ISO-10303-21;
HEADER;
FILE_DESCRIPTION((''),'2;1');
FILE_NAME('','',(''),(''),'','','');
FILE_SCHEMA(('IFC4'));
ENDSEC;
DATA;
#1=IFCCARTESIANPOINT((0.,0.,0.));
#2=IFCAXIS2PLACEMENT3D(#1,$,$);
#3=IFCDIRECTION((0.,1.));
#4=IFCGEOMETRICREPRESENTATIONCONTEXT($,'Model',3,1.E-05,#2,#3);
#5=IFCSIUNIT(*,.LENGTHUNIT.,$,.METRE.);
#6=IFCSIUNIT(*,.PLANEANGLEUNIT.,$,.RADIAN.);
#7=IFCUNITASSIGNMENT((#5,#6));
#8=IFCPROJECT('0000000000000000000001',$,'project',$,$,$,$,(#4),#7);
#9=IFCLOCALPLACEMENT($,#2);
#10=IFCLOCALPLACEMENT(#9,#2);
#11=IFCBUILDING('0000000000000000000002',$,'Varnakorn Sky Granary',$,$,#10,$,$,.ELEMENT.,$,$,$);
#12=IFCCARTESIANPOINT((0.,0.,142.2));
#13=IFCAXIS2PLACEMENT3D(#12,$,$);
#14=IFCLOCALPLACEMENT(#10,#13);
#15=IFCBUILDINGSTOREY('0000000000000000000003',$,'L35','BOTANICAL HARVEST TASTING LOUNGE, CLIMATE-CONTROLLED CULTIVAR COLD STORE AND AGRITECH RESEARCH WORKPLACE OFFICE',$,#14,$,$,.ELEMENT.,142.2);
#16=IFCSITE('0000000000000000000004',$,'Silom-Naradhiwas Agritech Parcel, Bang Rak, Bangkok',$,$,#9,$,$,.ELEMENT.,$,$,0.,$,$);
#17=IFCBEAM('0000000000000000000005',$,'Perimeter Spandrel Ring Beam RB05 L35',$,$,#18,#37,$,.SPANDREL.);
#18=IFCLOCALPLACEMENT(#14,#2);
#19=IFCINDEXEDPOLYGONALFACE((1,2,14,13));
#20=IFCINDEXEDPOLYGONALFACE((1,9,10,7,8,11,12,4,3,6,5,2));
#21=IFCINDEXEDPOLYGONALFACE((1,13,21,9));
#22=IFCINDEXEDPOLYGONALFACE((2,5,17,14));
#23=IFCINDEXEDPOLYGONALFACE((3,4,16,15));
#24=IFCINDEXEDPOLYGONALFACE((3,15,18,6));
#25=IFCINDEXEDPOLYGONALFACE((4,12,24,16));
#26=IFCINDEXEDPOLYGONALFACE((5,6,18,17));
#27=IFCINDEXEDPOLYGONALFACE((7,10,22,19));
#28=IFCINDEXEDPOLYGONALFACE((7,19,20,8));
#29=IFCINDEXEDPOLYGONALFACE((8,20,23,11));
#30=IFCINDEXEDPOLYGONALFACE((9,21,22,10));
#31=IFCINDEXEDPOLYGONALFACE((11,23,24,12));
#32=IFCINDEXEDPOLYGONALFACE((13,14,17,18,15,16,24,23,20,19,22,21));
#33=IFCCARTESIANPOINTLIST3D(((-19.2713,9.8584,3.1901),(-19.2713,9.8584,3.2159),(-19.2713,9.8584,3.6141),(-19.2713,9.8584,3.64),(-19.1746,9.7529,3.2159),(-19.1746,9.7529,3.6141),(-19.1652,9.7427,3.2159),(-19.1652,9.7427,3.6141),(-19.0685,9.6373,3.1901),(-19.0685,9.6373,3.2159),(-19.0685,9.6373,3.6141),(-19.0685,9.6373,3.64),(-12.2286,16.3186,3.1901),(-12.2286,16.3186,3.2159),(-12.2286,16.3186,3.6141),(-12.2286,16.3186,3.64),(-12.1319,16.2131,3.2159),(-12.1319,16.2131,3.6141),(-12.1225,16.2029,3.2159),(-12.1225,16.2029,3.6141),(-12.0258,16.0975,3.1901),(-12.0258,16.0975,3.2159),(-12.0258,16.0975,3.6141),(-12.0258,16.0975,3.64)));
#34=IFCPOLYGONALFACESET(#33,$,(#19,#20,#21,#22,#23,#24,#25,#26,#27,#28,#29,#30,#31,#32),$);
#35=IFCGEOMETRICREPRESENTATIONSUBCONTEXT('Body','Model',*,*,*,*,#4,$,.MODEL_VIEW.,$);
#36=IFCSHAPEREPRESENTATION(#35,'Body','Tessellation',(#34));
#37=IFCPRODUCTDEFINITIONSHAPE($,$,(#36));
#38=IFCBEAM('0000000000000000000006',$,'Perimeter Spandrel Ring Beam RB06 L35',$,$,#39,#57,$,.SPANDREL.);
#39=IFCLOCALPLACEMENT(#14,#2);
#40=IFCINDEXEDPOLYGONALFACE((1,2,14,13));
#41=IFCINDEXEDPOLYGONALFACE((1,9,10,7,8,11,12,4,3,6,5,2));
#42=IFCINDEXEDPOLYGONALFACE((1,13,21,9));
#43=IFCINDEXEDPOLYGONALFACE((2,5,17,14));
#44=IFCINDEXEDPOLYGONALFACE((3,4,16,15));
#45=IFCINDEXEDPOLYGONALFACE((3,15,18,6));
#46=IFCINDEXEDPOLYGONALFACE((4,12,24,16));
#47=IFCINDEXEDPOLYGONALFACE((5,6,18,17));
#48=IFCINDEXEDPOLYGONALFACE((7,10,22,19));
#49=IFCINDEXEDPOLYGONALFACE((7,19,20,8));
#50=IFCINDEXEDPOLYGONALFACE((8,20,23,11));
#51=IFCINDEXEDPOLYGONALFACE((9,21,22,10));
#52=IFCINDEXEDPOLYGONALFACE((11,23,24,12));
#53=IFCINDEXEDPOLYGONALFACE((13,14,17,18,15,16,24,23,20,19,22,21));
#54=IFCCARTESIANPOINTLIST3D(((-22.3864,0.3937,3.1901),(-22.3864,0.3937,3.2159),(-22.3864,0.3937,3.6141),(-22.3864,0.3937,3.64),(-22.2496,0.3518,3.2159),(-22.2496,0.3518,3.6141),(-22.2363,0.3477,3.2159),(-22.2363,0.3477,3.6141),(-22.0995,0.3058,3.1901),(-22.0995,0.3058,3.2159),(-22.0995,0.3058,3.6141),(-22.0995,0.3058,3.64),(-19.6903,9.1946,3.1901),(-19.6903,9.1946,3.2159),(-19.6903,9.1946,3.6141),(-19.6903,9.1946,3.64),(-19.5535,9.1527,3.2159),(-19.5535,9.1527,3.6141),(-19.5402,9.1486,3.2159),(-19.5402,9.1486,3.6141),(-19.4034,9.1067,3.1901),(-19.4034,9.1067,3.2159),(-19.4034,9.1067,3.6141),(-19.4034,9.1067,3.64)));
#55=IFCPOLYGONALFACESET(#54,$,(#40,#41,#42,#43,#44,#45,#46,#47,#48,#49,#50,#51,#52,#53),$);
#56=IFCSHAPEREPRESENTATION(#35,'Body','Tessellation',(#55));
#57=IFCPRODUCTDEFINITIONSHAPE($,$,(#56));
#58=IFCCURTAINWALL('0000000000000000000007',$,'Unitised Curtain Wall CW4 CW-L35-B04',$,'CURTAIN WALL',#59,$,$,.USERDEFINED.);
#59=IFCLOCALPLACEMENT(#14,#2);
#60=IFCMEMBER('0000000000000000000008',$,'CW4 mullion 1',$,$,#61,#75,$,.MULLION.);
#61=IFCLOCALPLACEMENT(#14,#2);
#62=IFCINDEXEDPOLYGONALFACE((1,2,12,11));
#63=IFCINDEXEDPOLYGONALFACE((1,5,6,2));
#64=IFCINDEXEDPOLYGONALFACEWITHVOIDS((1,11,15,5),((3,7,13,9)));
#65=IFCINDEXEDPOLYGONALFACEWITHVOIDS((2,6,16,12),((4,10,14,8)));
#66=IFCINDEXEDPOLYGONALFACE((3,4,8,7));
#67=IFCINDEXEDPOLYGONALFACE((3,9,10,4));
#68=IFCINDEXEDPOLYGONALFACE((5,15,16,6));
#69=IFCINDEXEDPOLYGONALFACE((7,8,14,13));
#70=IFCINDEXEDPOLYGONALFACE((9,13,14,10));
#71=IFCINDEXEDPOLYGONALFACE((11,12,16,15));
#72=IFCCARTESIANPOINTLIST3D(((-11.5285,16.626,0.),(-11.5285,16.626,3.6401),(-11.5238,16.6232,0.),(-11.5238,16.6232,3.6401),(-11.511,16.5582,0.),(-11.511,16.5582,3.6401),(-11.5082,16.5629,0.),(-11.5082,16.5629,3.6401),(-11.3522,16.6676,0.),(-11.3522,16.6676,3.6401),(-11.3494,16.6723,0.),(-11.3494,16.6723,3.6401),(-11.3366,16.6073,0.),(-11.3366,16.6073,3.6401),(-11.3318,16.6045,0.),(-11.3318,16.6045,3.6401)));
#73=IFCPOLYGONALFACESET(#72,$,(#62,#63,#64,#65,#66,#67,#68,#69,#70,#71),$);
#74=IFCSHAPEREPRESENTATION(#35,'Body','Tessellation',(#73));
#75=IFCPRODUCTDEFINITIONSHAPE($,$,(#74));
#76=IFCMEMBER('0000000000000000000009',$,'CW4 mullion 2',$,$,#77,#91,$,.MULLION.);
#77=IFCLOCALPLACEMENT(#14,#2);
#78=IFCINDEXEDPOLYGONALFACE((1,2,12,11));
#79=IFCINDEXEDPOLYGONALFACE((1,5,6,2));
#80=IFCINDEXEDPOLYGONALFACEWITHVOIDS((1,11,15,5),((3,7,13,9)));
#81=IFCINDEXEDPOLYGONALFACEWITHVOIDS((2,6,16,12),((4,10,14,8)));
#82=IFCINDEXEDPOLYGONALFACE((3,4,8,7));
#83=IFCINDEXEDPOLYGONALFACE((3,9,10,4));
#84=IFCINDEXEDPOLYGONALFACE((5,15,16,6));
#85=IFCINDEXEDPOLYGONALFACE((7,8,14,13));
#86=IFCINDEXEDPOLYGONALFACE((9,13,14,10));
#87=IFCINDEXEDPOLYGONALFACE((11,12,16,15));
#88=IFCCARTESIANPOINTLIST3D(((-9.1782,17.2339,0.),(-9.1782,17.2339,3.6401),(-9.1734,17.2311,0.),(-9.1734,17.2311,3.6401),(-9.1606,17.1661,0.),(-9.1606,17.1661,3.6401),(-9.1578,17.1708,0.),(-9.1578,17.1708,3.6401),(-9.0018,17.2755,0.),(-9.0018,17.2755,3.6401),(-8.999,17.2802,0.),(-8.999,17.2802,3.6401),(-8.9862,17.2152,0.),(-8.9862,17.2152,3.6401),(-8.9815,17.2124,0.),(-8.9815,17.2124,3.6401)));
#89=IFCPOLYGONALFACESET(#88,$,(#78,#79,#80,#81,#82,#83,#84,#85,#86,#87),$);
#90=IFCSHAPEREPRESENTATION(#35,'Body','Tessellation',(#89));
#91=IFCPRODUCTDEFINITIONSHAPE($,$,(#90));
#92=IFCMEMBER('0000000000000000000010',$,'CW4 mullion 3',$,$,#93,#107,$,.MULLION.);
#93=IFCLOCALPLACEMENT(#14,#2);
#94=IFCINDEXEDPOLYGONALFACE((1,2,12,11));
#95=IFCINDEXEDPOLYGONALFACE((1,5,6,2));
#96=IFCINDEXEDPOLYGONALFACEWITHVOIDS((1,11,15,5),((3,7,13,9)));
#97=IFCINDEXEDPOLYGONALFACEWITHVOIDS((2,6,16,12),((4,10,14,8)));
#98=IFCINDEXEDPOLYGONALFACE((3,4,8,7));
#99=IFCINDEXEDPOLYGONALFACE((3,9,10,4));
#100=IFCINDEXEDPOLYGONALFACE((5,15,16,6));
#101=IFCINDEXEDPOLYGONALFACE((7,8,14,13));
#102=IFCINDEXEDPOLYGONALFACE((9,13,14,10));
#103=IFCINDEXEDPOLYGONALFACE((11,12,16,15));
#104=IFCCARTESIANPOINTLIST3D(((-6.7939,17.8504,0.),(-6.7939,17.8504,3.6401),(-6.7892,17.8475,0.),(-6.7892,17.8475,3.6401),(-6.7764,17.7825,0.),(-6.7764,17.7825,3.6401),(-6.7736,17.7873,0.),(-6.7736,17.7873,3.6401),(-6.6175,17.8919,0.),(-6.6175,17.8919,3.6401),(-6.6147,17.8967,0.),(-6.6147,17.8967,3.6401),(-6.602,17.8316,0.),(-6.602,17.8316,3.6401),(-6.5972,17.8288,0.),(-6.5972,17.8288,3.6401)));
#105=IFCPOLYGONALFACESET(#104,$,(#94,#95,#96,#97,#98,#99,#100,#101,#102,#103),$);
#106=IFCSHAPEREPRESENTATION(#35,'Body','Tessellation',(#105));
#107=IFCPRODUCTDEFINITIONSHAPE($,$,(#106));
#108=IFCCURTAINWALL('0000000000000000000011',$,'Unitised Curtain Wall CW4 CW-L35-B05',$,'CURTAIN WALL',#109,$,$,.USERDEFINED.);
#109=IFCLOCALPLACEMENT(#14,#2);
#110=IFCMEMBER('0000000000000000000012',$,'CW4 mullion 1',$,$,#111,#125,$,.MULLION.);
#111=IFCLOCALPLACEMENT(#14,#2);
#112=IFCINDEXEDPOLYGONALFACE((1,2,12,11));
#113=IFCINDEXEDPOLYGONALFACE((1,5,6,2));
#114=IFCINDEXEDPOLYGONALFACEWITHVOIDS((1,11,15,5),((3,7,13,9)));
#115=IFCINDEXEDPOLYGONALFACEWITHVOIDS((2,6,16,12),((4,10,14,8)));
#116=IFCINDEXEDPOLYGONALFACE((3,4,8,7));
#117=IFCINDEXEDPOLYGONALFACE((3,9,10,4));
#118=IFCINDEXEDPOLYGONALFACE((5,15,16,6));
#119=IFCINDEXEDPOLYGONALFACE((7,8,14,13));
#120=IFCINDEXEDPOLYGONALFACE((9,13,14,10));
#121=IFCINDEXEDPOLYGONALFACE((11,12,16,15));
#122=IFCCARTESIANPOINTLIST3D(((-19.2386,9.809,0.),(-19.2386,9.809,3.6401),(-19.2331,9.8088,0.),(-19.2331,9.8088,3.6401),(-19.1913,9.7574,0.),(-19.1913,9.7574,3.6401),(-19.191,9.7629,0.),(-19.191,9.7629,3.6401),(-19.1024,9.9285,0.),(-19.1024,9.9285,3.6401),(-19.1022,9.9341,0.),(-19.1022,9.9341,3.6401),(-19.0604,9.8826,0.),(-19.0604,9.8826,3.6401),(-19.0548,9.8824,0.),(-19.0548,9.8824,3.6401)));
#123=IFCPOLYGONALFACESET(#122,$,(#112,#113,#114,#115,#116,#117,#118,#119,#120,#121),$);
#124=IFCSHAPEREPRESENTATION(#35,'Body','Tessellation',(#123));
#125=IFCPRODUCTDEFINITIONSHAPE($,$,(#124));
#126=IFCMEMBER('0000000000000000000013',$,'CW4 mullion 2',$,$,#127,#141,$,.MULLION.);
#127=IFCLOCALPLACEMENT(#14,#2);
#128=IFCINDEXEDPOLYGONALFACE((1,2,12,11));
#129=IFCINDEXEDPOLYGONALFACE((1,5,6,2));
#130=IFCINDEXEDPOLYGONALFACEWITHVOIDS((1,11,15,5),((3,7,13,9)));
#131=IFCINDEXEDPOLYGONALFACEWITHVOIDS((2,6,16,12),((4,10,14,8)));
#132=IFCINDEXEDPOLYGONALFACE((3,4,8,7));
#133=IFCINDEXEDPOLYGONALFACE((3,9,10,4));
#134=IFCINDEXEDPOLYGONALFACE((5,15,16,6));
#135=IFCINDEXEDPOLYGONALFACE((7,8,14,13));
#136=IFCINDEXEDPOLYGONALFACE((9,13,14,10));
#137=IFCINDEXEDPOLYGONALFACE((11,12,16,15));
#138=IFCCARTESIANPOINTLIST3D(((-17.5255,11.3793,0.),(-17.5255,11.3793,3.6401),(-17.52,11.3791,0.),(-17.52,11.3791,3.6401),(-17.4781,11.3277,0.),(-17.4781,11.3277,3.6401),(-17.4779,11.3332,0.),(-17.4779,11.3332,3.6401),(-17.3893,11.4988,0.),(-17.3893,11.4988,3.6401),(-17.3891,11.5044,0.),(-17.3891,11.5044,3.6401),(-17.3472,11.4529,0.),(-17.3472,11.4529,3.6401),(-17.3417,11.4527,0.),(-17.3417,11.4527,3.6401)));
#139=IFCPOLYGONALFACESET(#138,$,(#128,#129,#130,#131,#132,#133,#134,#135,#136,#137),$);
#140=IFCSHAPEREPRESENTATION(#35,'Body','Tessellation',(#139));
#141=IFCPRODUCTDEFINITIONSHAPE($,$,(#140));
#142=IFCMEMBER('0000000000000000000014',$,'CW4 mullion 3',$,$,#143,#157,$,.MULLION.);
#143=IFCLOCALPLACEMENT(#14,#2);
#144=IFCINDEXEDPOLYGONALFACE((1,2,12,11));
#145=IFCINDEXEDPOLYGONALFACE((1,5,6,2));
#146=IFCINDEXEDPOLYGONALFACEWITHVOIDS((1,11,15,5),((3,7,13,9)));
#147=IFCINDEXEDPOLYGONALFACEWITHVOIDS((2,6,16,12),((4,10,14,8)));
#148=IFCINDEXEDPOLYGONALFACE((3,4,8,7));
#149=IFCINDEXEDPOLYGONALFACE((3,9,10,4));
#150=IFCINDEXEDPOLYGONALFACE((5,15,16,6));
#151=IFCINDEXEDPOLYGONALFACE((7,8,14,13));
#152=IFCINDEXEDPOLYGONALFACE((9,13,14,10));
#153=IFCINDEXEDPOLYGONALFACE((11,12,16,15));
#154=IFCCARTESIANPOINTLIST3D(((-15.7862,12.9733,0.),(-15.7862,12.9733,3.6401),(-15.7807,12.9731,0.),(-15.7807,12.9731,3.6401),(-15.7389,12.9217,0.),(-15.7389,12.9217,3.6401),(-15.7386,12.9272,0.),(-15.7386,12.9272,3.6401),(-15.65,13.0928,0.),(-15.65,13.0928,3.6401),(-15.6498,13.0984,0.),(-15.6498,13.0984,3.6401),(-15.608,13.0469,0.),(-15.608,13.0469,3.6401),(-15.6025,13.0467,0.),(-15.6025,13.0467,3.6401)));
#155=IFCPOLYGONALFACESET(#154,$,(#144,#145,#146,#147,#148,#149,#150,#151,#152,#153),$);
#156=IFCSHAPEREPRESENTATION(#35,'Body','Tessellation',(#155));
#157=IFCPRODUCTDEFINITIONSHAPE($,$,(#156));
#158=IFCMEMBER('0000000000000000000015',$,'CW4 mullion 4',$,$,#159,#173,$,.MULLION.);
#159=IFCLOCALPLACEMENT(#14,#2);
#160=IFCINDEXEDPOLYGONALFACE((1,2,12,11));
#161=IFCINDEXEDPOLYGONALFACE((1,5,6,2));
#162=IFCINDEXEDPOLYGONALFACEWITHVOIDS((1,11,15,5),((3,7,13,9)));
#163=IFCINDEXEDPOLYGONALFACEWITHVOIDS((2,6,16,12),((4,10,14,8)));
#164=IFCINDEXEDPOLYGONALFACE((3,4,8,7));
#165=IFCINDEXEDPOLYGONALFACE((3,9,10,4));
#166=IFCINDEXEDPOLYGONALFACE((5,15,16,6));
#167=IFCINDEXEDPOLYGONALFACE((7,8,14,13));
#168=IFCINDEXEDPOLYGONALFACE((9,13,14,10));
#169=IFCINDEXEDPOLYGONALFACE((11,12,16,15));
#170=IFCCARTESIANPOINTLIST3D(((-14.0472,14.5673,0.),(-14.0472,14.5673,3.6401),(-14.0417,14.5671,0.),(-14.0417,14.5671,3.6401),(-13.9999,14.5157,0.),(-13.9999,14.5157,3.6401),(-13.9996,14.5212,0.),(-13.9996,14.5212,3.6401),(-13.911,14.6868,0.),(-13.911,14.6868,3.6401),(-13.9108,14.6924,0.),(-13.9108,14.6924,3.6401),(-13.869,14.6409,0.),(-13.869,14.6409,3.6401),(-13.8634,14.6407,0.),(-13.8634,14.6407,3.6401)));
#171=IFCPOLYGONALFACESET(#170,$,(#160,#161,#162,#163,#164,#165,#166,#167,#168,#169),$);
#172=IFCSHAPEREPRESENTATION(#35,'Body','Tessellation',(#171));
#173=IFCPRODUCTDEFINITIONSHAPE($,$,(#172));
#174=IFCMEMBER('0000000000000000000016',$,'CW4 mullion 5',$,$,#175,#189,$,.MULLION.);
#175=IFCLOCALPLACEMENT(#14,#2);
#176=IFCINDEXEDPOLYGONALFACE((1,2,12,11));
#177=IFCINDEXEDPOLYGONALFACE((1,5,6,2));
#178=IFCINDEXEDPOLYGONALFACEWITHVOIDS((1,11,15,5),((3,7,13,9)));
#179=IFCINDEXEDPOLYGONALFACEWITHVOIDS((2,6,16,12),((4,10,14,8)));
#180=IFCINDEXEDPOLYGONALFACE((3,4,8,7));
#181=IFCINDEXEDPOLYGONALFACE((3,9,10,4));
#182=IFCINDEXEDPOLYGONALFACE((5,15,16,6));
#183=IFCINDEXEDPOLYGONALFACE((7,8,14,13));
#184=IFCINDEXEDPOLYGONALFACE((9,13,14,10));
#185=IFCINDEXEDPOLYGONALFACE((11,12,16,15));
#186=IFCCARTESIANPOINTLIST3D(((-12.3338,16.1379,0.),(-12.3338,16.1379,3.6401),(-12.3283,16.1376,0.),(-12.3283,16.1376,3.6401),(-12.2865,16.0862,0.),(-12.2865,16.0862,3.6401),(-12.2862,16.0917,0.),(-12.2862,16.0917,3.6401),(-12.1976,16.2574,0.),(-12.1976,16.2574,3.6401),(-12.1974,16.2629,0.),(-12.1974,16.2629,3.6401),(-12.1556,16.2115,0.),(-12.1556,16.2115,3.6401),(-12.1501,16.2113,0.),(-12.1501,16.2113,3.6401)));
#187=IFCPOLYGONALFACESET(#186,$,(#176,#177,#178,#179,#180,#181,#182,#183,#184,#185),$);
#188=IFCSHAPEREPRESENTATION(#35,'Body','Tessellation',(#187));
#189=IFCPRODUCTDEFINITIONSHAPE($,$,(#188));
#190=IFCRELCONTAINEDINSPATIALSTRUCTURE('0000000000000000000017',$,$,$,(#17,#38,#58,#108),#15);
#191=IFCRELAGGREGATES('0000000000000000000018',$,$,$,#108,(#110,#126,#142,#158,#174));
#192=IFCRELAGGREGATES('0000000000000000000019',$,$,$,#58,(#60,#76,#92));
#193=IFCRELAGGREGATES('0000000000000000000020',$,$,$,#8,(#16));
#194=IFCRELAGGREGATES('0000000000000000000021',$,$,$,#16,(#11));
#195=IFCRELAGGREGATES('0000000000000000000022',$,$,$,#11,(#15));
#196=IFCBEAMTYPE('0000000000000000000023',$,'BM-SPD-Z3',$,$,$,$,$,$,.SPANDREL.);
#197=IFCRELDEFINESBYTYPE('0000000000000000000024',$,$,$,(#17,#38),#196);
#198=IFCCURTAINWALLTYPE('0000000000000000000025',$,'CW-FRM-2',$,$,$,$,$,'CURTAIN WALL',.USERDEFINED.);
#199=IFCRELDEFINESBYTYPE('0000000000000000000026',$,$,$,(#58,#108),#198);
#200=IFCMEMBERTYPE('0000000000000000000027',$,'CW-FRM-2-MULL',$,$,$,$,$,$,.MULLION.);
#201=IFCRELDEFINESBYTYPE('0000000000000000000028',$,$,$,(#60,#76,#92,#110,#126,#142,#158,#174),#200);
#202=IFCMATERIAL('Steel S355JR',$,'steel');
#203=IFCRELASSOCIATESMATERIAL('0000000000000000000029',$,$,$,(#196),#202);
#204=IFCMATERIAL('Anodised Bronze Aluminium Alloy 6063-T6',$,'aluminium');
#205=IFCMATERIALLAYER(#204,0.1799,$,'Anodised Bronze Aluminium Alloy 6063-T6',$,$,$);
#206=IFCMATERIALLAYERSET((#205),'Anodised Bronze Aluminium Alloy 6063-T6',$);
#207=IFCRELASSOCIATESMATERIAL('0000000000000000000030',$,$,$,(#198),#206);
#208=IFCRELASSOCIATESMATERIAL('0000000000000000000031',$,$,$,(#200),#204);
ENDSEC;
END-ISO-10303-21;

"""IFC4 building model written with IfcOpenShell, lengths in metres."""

from ifc_helpers import new_model, si_unit, direction, frame, origin, origin_2d, place, context, subcontext, project, spatial, hollow_rectangle, i_section, extrude, material, layer, layer_set, material_profile, profile_set, type_object, element, aggregate, save


model = new_model("IFC4")

# Units and contexts
model_context = context("Model", 3, precision=1e-05, world=origin(), true_north=direction((0.0, 1.0)))
body_context = subcontext(model_context, "Body", "Model", "MODEL_VIEW")
ifc_project = project(units=[si_unit("LENGTHUNIT", "METRE"), si_unit("PLANEANGLEUNIT", "RADIAN")], contexts=[model_context])

# Site, building, storey
site_placement = place(None, origin())
site = spatial("IfcSite", under=ifc_project, at=site_placement, Name="Silom-Naradhiwas Agritech Parcel, Bang Rak, Bangkok", CompositionType="ELEMENT", RefElevation=0.0)
building_placement = place(site_placement, origin())
building = spatial("IfcBuilding", under=site, at=building_placement, Name="Varnakorn Sky Granary", CompositionType="ELEMENT")
storey_placement = place(building_placement, frame((0.0, 0.0, 142.2)))
storey = spatial("IfcBuildingStorey", under=building, at=storey_placement, Name="L35", Description="BOTANICAL HARVEST TASTING LOUNGE, CLIMATE-CONTROLLED CULTIVAR COLD STORE AND AGRITECH RESEARCH WORKPLACE OFFICE", CompositionType="ELEMENT", Elevation=142.2)

# Beams
ifc_material_1 = material(Name="Steel S355JR", Category="steel")
ifc_material_profile_1 = material_profile(ifc_material_1, i_section(OverallWidth=0.3, OverallDepth=0.45, WebThickness=0.0139, FlangeThickness=0.0259, at=origin_2d()), Name="HE 450 B")
ifc_profile_set_1 = profile_set([ifc_material_profile_1], Name="Steel S355JR")
beam_type_1 = type_object("IfcBeamType", Name="BM-SPD-Z3", PredefinedType="SPANDREL", material=ifc_profile_set_1)
beam_1_placement = place(storey_placement, frame((-12.1272, 16.208, 3.415), z_axis=(-0.736926, -0.675973, 0.0), x_axis=(0.675973, -0.736926, 0.0)))
element("IfcBeam", 1, at=beam_1_placement, inside=storey, type_object=beam_type_1, Name="Perimeter Spandrel Ring Beam RB05 L35", PredefinedType="SPANDREL", context=body_context, shape_type="SweptSolid", body=[
    extrude(i_section(OverallWidth=0.3, OverallDepth=0.45, WebThickness=0.0139, FlangeThickness=0.0259, at=origin_2d()), origin(), (0.0, 0.0, 1.0), 9.5569),
])
beam_2_placement = place(storey_placement, frame((-19.5469, 9.1506, 3.415), z_axis=(-0.292906, -0.956141, 0.0), x_axis=(0.956141, -0.292906, 0.0)))
element("IfcBeam", 2, at=beam_2_placement, inside=storey, type_object=beam_type_1, Name="Perimeter Spandrel Ring Beam RB06 L35", PredefinedType="SPANDREL", context=body_context, shape_type="SweptSolid", body=[
    extrude(i_section(OverallWidth=0.3, OverallDepth=0.45, WebThickness=0.0139, FlangeThickness=0.0259, at=origin_2d()), origin(), (0.0, 0.0, 1.0), 9.2046),
])

# Curtain walls, members
ifc_material_2 = material(Name="Anodised Bronze Aluminium Alloy 6063-T6", Category="aluminium")
ifc_layer_1 = layer(ifc_material_2, 0.1799, Name="Anodised Bronze Aluminium Alloy 6063-T6")
ifc_layer_set_1 = layer_set([ifc_layer_1], Name="Anodised Bronze Aluminium Alloy 6063-T6")
curtain_wall_type = type_object("IfcCurtainWallType", Name="CW-FRM-2", ElementType="CURTAIN WALL", PredefinedType="USERDEFINED", material=ifc_layer_set_1)
curtain_wall_1_placement = place(storey_placement, origin())
curtain_wall_1 = element("IfcCurtainWall", 3, at=curtain_wall_1_placement, inside=storey, type_object=curtain_wall_type, Name="Unitised Curtain Wall CW4 CW-L35-B04", ObjectType="CURTAIN WALL", PredefinedType="USERDEFINED")
ifc_material_profile_2 = material_profile(ifc_material_2, hollow_rectangle(XDim=0.0701, YDim=0.1851, WallThickness=0.0039, at=origin_2d()), Name="ALU MULL 70x185")
ifc_profile_set_2 = profile_set([ifc_material_profile_2], Name="Anodised Bronze Aluminium Alloy 6063-T6")
member_type_1 = type_object("IfcMemberType", Name="CW-FRM-2-MULL", PredefinedType="MULLION", material=ifc_profile_set_2)
member_1_placement = place(storey_placement, frame((-11.4302, 16.6152, 0.0), z_axis=(0.0, 0.0, 1.0), x_axis=(-0.250348, 0.968156, 0.0)))
member_1 = element("IfcMember", 4, at=member_1_placement, type_object=member_type_1, Name="CW4 mullion 1", PredefinedType="MULLION", context=body_context, shape_type="SweptSolid", body=[
    extrude(hollow_rectangle(XDim=0.0701, YDim=0.1851, WallThickness=0.0039, at=origin_2d()), origin(), (0.0, 0.0, 1.0), 3.6401),
])
member_2_placement = place(storey_placement, frame((-9.0798, 17.2231, 0.0), z_axis=(0.0, 0.0, 1.0), x_axis=(-0.250348, 0.968156, 0.0)))
member_2 = element("IfcMember", 5, at=member_2_placement, type_object=member_type_1, Name="CW4 mullion 2", PredefinedType="MULLION", context=body_context, shape_type="SweptSolid", body=[
    extrude(hollow_rectangle(XDim=0.0701, YDim=0.1851, WallThickness=0.0039, at=origin_2d()), origin(), (0.0, 0.0, 1.0), 3.6401),
])
member_3_placement = place(storey_placement, frame((-6.6956, 17.8396, 0.0), z_axis=(0.0, 0.0, 1.0), x_axis=(-0.250348, 0.968156, 0.0)))
member_3 = element("IfcMember", 6, at=member_3_placement, type_object=member_type_1, Name="CW4 mullion 3", PredefinedType="MULLION", context=body_context, shape_type="SweptSolid", body=[
    extrude(hollow_rectangle(XDim=0.0701, YDim=0.1851, WallThickness=0.0039, at=origin_2d()), origin(), (0.0, 0.0, 1.0), 3.6401),
])
curtain_wall_2_placement = place(storey_placement, origin())
curtain_wall_2 = element("IfcCurtainWall", 7, at=curtain_wall_2_placement, inside=storey, type_object=curtain_wall_type, Name="Unitised Curtain Wall CW4 CW-L35-B05", ObjectType="CURTAIN WALL", PredefinedType="USERDEFINED")
member_4_placement = place(storey_placement, frame((-19.1467, 9.8457, 0.0), z_axis=(0.0, 0.0, 1.0), x_axis=(-0.675685, 0.737191, 0.0)))
member_4 = element("IfcMember", 8, at=member_4_placement, type_object=member_type_1, Name="CW4 mullion 1", PredefinedType="MULLION", context=body_context, shape_type="SweptSolid", body=[
    extrude(hollow_rectangle(XDim=0.0701, YDim=0.1851, WallThickness=0.0039, at=origin_2d()), origin(), (0.0, 0.0, 1.0), 3.6401),
])
member_5_placement = place(storey_placement, frame((-17.4336, 11.416, 0.0), z_axis=(0.0, 0.0, 1.0), x_axis=(-0.675685, 0.737191, 0.0)))
member_5 = element("IfcMember", 9, at=member_5_placement, type_object=member_type_1, Name="CW4 mullion 2", PredefinedType="MULLION", context=body_context, shape_type="SweptSolid", body=[
    extrude(hollow_rectangle(XDim=0.0701, YDim=0.1851, WallThickness=0.0039, at=origin_2d()), origin(), (0.0, 0.0, 1.0), 3.6401),
])
member_6_placement = place(storey_placement, frame((-15.6943, 13.01, 0.0), z_axis=(0.0, 0.0, 1.0), x_axis=(-0.675685, 0.737191, 0.0)))
member_6 = element("IfcMember", 10, at=member_6_placement, type_object=member_type_1, Name="CW4 mullion 3", PredefinedType="MULLION", context=body_context, shape_type="SweptSolid", body=[
    extrude(hollow_rectangle(XDim=0.0701, YDim=0.1851, WallThickness=0.0039, at=origin_2d()), origin(), (0.0, 0.0, 1.0), 3.6401),
])
member_7_placement = place(storey_placement, frame((-13.9553, 14.604, 0.0), z_axis=(0.0, 0.0, 1.0), x_axis=(-0.675685, 0.737191, 0.0)))
member_7 = element("IfcMember", 11, at=member_7_placement, type_object=member_type_1, Name="CW4 mullion 4", PredefinedType="MULLION", context=body_context, shape_type="SweptSolid", body=[
    extrude(hollow_rectangle(XDim=0.0701, YDim=0.1851, WallThickness=0.0039, at=origin_2d()), origin(), (0.0, 0.0, 1.0), 3.6401),
])
member_8_placement = place(storey_placement, frame((-12.2419, 16.1746, 0.0), z_axis=(0.0, 0.0, 1.0), x_axis=(-0.675685, 0.737191, 0.0)))
member_8 = element("IfcMember", 12, at=member_8_placement, type_object=member_type_1, Name="CW4 mullion 5", PredefinedType="MULLION", context=body_context, shape_type="SweptSolid", body=[
    extrude(hollow_rectangle(XDim=0.0701, YDim=0.1851, WallThickness=0.0039, at=origin_2d()), origin(), (0.0, 0.0, 1.0), 3.6401),
])

aggregate(curtain_wall_2, [member_4, member_5, member_6, member_7, member_8])
aggregate(curtain_wall_1, [member_1, member_2, member_3])

save(model, "model.ifc")
